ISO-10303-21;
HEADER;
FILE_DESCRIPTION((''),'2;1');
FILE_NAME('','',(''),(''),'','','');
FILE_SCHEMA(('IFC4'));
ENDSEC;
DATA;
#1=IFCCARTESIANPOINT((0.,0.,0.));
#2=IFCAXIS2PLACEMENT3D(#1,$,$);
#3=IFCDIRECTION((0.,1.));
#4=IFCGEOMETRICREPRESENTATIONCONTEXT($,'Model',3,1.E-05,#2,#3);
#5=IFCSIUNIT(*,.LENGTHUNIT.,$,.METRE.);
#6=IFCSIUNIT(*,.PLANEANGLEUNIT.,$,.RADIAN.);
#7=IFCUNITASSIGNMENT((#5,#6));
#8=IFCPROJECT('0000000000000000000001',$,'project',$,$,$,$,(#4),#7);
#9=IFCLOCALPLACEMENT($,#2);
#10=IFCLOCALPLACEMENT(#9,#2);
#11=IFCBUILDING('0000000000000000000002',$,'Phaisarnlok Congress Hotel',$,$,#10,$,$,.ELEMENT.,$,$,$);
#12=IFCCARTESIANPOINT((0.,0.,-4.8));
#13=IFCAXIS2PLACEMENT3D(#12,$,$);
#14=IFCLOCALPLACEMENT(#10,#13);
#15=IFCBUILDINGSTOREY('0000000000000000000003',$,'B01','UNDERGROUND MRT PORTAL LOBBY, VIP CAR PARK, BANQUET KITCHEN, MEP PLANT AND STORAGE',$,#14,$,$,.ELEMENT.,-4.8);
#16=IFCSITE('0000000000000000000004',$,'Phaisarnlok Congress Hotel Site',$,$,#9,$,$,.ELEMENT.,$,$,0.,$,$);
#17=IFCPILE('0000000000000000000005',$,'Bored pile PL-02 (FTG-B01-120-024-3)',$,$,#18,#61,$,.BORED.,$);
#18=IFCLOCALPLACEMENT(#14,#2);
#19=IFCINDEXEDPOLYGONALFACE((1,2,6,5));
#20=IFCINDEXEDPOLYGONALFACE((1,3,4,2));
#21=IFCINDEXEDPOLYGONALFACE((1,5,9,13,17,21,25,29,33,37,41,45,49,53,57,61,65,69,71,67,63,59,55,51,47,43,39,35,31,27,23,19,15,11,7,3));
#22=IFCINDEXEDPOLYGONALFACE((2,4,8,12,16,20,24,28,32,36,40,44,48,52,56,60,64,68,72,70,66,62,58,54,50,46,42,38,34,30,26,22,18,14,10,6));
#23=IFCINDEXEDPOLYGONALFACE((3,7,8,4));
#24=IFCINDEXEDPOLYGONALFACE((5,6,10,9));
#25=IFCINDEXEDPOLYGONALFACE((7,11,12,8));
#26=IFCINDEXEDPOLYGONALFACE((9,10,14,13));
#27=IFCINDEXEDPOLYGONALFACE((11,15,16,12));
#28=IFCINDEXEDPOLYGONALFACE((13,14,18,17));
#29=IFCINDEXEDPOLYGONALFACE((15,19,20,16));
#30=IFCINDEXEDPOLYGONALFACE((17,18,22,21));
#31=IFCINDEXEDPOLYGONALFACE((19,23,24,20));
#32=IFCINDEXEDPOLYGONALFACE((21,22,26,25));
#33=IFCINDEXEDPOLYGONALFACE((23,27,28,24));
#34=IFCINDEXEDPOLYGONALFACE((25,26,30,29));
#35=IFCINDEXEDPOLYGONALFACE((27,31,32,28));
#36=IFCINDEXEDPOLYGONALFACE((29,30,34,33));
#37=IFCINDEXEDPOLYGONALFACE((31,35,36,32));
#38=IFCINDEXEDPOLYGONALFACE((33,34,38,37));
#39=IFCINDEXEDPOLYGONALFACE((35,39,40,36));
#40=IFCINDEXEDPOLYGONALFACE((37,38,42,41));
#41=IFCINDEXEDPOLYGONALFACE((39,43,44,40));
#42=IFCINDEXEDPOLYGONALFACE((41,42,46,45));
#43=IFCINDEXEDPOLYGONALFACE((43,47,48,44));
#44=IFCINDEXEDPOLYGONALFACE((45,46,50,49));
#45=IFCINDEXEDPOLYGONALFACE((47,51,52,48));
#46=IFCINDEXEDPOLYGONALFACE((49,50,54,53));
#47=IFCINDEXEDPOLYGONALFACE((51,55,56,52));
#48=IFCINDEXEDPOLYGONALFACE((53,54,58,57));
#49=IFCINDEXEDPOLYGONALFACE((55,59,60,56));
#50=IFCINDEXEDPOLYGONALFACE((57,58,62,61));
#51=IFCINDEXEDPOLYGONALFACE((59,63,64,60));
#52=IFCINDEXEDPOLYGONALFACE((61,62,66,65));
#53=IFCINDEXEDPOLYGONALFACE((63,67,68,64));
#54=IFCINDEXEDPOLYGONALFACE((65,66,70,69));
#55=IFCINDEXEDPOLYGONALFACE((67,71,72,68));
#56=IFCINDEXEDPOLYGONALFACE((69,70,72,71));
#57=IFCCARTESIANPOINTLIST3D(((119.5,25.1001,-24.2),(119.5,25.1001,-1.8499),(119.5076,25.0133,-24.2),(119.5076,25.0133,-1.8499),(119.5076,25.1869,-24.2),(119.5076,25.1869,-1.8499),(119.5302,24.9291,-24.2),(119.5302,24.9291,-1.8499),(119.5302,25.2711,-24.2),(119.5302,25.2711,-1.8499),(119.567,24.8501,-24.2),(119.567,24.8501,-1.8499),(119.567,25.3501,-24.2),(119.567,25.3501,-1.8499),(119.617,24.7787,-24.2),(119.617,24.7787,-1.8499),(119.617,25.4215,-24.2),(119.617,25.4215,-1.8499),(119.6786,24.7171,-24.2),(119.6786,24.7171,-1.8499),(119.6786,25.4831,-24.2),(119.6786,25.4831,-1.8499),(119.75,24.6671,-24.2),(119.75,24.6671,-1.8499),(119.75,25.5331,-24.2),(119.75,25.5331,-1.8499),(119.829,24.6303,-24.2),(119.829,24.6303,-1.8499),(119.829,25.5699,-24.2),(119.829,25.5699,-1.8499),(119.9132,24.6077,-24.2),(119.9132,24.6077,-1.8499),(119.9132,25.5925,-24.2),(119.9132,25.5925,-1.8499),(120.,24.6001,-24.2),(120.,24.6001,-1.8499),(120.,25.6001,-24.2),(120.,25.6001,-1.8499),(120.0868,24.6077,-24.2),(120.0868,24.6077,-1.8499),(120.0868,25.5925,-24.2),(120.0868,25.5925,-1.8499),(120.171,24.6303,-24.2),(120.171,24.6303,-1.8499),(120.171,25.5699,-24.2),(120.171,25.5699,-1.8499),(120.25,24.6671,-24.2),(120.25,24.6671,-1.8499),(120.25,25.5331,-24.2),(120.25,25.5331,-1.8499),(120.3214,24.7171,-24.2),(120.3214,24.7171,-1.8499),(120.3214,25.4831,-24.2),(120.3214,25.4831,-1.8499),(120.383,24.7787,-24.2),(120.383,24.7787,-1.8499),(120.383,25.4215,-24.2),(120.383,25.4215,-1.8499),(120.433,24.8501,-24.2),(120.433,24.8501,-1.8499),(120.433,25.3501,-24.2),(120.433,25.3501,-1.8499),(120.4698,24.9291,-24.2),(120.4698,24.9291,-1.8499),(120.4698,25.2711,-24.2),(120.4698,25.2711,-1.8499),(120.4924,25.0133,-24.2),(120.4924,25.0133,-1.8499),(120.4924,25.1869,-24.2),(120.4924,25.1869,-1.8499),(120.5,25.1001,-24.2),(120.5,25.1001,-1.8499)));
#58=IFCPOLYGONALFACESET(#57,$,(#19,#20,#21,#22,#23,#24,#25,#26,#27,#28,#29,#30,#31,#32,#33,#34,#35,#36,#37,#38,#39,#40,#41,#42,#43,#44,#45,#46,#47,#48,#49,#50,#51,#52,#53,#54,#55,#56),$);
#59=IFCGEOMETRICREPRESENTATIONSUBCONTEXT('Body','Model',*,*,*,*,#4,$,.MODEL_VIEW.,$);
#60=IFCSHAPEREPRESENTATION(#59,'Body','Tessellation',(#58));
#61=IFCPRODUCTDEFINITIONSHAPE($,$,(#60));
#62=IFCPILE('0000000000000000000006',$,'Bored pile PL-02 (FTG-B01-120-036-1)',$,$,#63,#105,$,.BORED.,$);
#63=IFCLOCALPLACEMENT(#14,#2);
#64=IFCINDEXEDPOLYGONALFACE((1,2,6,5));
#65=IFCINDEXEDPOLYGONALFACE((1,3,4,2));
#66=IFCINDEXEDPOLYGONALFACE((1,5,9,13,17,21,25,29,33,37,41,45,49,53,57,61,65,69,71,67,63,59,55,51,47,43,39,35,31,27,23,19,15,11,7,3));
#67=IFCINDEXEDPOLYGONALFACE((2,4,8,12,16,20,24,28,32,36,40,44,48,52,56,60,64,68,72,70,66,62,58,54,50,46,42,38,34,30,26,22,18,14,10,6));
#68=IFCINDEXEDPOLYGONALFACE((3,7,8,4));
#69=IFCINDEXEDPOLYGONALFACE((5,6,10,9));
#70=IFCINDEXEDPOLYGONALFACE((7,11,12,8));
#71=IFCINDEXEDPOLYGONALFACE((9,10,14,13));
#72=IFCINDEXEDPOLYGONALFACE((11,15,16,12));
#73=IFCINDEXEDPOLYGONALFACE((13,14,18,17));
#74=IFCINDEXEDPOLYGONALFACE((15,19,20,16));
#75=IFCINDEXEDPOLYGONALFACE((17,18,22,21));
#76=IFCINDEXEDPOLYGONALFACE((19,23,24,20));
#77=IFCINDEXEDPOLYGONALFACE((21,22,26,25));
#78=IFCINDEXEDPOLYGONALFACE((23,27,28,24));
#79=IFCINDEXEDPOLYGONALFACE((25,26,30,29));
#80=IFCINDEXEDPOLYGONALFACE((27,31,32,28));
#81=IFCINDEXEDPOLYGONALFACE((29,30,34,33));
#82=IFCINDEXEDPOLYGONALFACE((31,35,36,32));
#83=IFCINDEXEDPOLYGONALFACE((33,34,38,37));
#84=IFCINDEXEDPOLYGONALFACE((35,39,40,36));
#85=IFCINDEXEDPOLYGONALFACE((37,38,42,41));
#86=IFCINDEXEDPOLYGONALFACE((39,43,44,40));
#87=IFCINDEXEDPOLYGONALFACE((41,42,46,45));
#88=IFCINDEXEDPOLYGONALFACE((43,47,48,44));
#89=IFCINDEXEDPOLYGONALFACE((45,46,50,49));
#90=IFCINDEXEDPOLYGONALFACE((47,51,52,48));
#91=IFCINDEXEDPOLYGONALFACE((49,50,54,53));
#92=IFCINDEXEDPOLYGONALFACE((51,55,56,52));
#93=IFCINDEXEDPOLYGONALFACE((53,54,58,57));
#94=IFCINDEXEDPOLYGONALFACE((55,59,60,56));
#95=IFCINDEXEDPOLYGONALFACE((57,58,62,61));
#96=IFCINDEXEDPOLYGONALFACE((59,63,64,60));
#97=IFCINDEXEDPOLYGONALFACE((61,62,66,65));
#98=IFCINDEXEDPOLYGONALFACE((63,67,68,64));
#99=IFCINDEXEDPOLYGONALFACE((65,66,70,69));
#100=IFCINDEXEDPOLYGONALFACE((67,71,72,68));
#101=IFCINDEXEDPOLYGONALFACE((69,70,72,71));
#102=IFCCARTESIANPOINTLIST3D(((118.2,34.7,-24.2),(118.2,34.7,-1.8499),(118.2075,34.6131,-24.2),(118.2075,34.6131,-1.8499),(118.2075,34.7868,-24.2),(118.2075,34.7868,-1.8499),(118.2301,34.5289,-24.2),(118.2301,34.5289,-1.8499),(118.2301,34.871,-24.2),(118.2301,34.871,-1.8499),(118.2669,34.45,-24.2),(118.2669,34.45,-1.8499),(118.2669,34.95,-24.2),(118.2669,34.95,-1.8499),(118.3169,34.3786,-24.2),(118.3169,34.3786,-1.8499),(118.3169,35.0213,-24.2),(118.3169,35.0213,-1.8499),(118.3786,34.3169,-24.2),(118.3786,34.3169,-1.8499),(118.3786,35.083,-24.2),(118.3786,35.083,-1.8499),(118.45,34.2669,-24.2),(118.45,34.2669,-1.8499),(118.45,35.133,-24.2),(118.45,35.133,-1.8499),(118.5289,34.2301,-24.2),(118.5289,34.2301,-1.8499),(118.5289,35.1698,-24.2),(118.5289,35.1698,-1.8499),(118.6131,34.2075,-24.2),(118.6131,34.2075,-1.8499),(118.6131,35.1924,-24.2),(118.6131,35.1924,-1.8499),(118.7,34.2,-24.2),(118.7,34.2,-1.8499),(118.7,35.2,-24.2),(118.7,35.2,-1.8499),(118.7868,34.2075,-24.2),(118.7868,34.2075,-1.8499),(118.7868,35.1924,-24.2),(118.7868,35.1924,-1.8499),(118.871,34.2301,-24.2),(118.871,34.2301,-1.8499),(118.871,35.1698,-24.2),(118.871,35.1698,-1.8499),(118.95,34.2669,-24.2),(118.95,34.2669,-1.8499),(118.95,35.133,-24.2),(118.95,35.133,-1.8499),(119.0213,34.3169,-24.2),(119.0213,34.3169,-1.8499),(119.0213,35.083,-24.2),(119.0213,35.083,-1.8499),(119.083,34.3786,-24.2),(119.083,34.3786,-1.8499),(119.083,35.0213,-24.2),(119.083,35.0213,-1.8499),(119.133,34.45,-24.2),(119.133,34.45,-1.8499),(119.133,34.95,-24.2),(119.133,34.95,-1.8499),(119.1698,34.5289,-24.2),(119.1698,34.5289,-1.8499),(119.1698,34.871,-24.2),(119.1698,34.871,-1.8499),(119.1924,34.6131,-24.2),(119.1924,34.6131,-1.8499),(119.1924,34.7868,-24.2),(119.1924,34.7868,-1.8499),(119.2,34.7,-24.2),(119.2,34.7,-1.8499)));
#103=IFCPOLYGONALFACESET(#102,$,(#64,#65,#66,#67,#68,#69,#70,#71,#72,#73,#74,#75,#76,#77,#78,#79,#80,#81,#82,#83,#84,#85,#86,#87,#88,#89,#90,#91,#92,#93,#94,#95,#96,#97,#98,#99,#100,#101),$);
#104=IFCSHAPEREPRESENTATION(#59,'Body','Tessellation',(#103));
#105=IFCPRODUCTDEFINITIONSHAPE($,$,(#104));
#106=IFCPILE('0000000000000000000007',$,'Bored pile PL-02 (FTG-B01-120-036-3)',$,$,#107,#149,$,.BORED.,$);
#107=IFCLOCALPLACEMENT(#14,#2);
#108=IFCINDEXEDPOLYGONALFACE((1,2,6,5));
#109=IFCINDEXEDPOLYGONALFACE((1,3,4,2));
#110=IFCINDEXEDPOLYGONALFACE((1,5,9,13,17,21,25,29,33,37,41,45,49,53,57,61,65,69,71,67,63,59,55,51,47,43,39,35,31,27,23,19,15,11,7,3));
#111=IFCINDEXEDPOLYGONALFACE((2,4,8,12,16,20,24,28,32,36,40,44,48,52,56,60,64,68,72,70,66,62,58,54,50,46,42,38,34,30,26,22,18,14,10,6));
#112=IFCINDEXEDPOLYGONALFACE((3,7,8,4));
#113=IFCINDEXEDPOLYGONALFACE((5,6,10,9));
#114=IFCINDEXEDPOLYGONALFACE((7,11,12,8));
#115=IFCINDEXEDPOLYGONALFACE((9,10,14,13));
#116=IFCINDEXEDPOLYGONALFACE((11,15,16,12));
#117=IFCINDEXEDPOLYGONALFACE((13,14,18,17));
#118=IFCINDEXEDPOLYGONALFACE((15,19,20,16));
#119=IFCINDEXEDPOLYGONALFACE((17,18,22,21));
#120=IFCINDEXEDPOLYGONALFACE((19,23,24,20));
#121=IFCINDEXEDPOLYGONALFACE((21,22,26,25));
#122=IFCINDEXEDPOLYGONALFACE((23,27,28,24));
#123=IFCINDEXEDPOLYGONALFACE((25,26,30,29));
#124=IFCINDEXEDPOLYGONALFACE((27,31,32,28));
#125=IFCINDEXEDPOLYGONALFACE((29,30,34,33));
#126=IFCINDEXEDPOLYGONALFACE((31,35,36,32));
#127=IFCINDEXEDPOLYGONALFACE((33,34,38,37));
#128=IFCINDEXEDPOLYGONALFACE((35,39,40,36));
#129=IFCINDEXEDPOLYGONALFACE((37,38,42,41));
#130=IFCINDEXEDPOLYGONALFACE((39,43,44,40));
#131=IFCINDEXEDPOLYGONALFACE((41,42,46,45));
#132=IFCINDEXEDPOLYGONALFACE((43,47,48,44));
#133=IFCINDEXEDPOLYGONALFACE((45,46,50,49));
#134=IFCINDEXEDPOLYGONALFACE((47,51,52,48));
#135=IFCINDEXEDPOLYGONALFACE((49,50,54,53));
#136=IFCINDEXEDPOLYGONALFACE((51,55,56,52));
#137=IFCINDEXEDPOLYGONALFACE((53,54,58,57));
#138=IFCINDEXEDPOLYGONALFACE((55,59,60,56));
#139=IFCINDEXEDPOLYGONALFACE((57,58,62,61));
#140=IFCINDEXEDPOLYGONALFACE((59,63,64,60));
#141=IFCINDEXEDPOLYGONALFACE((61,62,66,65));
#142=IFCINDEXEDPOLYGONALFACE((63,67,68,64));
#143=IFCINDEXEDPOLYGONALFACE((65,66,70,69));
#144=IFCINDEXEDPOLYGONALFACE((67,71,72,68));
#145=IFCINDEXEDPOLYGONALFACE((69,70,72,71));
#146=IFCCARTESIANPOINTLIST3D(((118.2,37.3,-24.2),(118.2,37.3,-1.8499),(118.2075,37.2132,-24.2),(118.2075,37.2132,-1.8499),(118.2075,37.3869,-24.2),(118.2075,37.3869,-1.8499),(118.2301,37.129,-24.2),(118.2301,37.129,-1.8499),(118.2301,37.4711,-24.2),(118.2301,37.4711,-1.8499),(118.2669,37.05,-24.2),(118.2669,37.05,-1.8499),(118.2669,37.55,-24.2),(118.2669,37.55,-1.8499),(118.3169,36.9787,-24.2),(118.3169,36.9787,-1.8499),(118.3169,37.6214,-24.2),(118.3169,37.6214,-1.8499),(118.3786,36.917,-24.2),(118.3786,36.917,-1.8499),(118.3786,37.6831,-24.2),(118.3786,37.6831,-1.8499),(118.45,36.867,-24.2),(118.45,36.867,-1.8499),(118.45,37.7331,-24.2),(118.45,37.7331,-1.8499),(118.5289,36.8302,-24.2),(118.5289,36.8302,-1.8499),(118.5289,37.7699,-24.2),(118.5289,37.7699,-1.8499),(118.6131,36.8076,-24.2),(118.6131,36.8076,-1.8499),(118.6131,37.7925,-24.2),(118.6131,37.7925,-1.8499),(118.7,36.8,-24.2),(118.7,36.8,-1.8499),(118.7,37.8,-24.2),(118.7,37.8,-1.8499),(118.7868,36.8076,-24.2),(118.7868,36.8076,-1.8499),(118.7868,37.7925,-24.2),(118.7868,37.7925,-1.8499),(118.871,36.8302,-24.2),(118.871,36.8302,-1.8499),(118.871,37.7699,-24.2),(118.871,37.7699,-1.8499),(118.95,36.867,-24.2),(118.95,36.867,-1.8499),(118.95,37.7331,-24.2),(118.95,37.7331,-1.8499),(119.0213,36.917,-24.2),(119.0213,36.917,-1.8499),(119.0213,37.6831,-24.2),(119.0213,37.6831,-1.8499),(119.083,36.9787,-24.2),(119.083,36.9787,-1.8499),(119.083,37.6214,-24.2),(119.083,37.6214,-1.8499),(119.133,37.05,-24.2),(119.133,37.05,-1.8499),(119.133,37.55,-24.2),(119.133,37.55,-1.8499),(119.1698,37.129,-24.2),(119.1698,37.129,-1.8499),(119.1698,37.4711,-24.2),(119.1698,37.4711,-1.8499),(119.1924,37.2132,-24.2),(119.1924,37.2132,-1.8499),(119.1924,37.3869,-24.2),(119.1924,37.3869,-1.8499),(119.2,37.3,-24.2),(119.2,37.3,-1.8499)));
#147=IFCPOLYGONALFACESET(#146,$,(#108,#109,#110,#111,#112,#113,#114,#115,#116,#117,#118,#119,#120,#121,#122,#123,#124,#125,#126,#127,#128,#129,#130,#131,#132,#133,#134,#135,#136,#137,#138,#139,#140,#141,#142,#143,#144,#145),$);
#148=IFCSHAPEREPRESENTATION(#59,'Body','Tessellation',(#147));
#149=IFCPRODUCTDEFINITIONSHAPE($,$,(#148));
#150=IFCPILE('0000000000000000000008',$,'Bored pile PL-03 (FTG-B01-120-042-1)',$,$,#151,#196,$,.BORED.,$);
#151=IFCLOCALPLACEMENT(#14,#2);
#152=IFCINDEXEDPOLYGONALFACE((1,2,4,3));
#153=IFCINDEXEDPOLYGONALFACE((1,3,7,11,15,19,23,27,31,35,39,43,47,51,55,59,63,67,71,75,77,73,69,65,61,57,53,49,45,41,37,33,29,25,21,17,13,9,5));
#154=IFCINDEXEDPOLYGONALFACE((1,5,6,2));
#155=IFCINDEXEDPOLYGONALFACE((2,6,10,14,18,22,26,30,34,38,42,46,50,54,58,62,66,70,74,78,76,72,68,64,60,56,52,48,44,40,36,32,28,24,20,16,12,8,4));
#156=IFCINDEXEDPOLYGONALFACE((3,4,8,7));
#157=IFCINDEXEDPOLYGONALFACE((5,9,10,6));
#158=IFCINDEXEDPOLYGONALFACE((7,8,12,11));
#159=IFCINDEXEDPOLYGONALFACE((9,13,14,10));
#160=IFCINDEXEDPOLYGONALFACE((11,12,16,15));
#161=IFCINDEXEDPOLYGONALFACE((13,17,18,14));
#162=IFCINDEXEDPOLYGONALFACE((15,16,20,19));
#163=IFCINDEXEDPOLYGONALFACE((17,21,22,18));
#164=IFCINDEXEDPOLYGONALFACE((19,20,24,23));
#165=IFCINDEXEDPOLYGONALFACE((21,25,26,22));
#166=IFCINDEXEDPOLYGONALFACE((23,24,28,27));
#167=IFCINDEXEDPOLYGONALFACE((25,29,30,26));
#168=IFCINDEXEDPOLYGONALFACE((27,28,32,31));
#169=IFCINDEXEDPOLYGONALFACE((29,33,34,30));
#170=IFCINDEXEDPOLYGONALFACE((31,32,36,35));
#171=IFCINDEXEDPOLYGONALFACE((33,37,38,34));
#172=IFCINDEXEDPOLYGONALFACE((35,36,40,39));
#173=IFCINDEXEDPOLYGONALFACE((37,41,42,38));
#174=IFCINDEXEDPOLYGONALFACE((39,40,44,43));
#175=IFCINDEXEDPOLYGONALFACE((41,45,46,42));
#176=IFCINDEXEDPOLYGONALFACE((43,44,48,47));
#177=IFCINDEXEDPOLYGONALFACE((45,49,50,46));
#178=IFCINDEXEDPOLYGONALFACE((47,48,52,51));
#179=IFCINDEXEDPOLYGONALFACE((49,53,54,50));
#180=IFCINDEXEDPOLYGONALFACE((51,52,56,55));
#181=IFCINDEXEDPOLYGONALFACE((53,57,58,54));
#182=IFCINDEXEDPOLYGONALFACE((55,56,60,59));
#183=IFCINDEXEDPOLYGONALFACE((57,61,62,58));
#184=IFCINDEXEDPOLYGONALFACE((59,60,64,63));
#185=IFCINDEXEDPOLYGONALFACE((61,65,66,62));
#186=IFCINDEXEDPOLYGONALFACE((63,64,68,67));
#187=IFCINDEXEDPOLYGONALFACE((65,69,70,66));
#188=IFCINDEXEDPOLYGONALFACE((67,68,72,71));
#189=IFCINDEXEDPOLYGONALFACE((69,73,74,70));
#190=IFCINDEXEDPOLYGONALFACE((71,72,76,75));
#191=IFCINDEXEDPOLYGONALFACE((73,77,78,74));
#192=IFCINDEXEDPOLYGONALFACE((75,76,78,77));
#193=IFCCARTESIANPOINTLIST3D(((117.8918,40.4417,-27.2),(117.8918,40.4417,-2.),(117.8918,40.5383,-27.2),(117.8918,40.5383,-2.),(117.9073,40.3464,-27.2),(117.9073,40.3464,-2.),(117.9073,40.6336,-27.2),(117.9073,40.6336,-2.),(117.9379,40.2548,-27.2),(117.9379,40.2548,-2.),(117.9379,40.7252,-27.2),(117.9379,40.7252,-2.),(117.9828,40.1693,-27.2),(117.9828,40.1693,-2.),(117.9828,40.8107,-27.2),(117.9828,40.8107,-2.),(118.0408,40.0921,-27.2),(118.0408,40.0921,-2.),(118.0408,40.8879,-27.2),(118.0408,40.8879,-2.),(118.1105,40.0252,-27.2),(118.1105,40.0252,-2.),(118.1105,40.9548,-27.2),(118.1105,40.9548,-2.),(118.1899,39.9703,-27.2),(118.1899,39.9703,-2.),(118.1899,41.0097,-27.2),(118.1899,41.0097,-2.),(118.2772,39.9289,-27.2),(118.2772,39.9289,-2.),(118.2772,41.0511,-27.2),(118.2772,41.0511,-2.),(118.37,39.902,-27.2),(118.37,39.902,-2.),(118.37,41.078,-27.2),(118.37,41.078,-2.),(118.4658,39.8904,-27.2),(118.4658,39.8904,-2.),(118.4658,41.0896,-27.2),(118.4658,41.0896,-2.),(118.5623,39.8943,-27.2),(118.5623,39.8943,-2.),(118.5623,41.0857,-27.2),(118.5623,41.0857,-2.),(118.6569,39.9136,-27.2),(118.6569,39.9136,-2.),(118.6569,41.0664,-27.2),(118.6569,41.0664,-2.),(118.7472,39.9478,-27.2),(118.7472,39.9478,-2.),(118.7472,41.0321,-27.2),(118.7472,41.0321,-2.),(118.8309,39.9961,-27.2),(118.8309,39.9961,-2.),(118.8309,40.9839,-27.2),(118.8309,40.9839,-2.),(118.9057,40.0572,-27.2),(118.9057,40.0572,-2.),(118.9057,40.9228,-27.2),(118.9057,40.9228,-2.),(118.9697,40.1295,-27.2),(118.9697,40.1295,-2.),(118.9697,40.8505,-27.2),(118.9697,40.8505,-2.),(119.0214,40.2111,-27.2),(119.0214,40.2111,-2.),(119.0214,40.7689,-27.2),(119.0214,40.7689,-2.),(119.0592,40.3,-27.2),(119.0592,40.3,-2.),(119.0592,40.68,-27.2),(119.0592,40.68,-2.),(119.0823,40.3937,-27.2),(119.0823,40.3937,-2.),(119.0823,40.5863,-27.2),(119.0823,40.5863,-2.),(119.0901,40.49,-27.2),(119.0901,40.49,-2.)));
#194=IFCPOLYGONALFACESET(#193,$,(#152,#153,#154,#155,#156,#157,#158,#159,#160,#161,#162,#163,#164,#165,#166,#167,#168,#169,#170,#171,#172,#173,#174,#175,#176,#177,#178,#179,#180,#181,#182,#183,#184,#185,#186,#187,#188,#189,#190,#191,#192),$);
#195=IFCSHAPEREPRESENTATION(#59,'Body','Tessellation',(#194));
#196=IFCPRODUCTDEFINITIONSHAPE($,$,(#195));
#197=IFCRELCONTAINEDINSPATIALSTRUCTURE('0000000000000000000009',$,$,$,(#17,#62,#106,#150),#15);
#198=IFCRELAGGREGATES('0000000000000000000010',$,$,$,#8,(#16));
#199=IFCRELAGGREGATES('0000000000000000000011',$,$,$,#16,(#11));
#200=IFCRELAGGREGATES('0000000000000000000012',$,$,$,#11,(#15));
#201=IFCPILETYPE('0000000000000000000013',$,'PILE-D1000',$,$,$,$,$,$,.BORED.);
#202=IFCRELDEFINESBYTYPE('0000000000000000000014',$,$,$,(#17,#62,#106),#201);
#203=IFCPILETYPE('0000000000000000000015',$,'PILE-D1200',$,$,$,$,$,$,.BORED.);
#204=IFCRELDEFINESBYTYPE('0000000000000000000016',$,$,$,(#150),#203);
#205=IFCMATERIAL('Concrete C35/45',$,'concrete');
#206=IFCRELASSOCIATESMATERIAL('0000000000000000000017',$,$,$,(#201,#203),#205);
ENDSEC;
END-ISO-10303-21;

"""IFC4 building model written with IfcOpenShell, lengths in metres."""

from ifc_helpers import new_model, si_unit, direction, frame, origin, origin_2d, place, context, subcontext, project, spatial, circle, extrude, material, material_profile, profile_set, type_object, element, save


model = new_model("IFC4")

# Units and contexts
model_context = context("Model", 3, precision=1e-05, world=origin(), true_north=direction((0.0, 1.0)))
body_context = subcontext(model_context, "Body", "Model", "MODEL_VIEW")
ifc_project = project(units=[si_unit("LENGTHUNIT", "METRE"), si_unit("PLANEANGLEUNIT", "RADIAN")], contexts=[model_context])

# Site, building, storey
site_placement = place(None, origin())
site = spatial("IfcSite", under=ifc_project, at=site_placement, Name="Phaisarnlok Congress Hotel Site", CompositionType="ELEMENT", RefElevation=0.0)
building_placement = place(site_placement, origin())
building = spatial("IfcBuilding", under=site, at=building_placement, Name="Phaisarnlok Congress Hotel", CompositionType="ELEMENT")
storey_placement = place(building_placement, frame((0.0, 0.0, -4.8)))
storey = spatial("IfcBuildingStorey", under=building, at=storey_placement, Name="B01", Description="UNDERGROUND MRT PORTAL LOBBY, VIP CAR PARK, BANQUET KITCHEN, MEP PLANT AND STORAGE", CompositionType="ELEMENT", Elevation=-4.8)

# Piles
ifc_material_1 = material(Name="Concrete C35/45", Category="concrete")
ifc_material_profile_1 = material_profile(ifc_material_1, circle(Radius=0.5, at=origin_2d()), Name="BORED PILE D1000")
ifc_profile_set_1 = profile_set([ifc_material_profile_1], Name="Concrete C35/45")
pile_type_1 = type_object("IfcPileType", Name="PILE-D1000", PredefinedType="BORED", material=ifc_profile_set_1)
for number, where, z_axis, x_axis, name in (
    (1, (120.0, 25.1001, -1.8499), (0.0, 0.0, -1.0), (1.0, 0.0, 0.0), "Bored pile PL-02 (FTG-B01-120-024-3)"),
    (2, (118.7, 34.7, -1.8499), (0.0, 0.0, -1.0), (1.0, 0.0, 0.0), "Bored pile PL-02 (FTG-B01-120-036-1)"),
    (3, (118.7, 37.3, -1.8499), (0.0, 0.0, -1.0), (1.0, 0.0, 0.0), "Bored pile PL-02 (FTG-B01-120-036-3)"),
):
    element("IfcPile", number, at=place(storey_placement, frame(where, z_axis=z_axis, x_axis=x_axis)), inside=storey, type_object=pile_type_1, Name=name, PredefinedType="BORED", context=body_context, shape_type="SweptSolid", body=[
        extrude(circle(Radius=0.5, at=origin_2d()), origin(), (0.0, 0.0, 1.0), 22.3501),
    ])
ifc_material_profile_2 = material_profile(ifc_material_1, circle(Radius=0.6001, at=origin_2d()), Name="BORED PILE D1200")
ifc_profile_set_2 = profile_set([ifc_material_profile_2], Name="Concrete C35/45")
pile_type_2 = type_object("IfcPileType", Name="PILE-D1200", PredefinedType="BORED", material=ifc_profile_set_2)
pile_1_placement = place(storey_placement, frame((118.49, 40.49, -2.0), z_axis=(0.0, 0.0, -1.0), x_axis=(1.0, 0.0, 0.0)))
element("IfcPile", 4, at=pile_1_placement, inside=storey, type_object=pile_type_2, Name="Bored pile PL-03 (FTG-B01-120-042-1)", PredefinedType="BORED", context=body_context, shape_type="SweptSolid", body=[
    extrude(circle(Radius=0.6001, at=origin_2d()), origin(), (0.0, 0.0, 1.0), 25.2),
])

save(model, "model.ifc")
